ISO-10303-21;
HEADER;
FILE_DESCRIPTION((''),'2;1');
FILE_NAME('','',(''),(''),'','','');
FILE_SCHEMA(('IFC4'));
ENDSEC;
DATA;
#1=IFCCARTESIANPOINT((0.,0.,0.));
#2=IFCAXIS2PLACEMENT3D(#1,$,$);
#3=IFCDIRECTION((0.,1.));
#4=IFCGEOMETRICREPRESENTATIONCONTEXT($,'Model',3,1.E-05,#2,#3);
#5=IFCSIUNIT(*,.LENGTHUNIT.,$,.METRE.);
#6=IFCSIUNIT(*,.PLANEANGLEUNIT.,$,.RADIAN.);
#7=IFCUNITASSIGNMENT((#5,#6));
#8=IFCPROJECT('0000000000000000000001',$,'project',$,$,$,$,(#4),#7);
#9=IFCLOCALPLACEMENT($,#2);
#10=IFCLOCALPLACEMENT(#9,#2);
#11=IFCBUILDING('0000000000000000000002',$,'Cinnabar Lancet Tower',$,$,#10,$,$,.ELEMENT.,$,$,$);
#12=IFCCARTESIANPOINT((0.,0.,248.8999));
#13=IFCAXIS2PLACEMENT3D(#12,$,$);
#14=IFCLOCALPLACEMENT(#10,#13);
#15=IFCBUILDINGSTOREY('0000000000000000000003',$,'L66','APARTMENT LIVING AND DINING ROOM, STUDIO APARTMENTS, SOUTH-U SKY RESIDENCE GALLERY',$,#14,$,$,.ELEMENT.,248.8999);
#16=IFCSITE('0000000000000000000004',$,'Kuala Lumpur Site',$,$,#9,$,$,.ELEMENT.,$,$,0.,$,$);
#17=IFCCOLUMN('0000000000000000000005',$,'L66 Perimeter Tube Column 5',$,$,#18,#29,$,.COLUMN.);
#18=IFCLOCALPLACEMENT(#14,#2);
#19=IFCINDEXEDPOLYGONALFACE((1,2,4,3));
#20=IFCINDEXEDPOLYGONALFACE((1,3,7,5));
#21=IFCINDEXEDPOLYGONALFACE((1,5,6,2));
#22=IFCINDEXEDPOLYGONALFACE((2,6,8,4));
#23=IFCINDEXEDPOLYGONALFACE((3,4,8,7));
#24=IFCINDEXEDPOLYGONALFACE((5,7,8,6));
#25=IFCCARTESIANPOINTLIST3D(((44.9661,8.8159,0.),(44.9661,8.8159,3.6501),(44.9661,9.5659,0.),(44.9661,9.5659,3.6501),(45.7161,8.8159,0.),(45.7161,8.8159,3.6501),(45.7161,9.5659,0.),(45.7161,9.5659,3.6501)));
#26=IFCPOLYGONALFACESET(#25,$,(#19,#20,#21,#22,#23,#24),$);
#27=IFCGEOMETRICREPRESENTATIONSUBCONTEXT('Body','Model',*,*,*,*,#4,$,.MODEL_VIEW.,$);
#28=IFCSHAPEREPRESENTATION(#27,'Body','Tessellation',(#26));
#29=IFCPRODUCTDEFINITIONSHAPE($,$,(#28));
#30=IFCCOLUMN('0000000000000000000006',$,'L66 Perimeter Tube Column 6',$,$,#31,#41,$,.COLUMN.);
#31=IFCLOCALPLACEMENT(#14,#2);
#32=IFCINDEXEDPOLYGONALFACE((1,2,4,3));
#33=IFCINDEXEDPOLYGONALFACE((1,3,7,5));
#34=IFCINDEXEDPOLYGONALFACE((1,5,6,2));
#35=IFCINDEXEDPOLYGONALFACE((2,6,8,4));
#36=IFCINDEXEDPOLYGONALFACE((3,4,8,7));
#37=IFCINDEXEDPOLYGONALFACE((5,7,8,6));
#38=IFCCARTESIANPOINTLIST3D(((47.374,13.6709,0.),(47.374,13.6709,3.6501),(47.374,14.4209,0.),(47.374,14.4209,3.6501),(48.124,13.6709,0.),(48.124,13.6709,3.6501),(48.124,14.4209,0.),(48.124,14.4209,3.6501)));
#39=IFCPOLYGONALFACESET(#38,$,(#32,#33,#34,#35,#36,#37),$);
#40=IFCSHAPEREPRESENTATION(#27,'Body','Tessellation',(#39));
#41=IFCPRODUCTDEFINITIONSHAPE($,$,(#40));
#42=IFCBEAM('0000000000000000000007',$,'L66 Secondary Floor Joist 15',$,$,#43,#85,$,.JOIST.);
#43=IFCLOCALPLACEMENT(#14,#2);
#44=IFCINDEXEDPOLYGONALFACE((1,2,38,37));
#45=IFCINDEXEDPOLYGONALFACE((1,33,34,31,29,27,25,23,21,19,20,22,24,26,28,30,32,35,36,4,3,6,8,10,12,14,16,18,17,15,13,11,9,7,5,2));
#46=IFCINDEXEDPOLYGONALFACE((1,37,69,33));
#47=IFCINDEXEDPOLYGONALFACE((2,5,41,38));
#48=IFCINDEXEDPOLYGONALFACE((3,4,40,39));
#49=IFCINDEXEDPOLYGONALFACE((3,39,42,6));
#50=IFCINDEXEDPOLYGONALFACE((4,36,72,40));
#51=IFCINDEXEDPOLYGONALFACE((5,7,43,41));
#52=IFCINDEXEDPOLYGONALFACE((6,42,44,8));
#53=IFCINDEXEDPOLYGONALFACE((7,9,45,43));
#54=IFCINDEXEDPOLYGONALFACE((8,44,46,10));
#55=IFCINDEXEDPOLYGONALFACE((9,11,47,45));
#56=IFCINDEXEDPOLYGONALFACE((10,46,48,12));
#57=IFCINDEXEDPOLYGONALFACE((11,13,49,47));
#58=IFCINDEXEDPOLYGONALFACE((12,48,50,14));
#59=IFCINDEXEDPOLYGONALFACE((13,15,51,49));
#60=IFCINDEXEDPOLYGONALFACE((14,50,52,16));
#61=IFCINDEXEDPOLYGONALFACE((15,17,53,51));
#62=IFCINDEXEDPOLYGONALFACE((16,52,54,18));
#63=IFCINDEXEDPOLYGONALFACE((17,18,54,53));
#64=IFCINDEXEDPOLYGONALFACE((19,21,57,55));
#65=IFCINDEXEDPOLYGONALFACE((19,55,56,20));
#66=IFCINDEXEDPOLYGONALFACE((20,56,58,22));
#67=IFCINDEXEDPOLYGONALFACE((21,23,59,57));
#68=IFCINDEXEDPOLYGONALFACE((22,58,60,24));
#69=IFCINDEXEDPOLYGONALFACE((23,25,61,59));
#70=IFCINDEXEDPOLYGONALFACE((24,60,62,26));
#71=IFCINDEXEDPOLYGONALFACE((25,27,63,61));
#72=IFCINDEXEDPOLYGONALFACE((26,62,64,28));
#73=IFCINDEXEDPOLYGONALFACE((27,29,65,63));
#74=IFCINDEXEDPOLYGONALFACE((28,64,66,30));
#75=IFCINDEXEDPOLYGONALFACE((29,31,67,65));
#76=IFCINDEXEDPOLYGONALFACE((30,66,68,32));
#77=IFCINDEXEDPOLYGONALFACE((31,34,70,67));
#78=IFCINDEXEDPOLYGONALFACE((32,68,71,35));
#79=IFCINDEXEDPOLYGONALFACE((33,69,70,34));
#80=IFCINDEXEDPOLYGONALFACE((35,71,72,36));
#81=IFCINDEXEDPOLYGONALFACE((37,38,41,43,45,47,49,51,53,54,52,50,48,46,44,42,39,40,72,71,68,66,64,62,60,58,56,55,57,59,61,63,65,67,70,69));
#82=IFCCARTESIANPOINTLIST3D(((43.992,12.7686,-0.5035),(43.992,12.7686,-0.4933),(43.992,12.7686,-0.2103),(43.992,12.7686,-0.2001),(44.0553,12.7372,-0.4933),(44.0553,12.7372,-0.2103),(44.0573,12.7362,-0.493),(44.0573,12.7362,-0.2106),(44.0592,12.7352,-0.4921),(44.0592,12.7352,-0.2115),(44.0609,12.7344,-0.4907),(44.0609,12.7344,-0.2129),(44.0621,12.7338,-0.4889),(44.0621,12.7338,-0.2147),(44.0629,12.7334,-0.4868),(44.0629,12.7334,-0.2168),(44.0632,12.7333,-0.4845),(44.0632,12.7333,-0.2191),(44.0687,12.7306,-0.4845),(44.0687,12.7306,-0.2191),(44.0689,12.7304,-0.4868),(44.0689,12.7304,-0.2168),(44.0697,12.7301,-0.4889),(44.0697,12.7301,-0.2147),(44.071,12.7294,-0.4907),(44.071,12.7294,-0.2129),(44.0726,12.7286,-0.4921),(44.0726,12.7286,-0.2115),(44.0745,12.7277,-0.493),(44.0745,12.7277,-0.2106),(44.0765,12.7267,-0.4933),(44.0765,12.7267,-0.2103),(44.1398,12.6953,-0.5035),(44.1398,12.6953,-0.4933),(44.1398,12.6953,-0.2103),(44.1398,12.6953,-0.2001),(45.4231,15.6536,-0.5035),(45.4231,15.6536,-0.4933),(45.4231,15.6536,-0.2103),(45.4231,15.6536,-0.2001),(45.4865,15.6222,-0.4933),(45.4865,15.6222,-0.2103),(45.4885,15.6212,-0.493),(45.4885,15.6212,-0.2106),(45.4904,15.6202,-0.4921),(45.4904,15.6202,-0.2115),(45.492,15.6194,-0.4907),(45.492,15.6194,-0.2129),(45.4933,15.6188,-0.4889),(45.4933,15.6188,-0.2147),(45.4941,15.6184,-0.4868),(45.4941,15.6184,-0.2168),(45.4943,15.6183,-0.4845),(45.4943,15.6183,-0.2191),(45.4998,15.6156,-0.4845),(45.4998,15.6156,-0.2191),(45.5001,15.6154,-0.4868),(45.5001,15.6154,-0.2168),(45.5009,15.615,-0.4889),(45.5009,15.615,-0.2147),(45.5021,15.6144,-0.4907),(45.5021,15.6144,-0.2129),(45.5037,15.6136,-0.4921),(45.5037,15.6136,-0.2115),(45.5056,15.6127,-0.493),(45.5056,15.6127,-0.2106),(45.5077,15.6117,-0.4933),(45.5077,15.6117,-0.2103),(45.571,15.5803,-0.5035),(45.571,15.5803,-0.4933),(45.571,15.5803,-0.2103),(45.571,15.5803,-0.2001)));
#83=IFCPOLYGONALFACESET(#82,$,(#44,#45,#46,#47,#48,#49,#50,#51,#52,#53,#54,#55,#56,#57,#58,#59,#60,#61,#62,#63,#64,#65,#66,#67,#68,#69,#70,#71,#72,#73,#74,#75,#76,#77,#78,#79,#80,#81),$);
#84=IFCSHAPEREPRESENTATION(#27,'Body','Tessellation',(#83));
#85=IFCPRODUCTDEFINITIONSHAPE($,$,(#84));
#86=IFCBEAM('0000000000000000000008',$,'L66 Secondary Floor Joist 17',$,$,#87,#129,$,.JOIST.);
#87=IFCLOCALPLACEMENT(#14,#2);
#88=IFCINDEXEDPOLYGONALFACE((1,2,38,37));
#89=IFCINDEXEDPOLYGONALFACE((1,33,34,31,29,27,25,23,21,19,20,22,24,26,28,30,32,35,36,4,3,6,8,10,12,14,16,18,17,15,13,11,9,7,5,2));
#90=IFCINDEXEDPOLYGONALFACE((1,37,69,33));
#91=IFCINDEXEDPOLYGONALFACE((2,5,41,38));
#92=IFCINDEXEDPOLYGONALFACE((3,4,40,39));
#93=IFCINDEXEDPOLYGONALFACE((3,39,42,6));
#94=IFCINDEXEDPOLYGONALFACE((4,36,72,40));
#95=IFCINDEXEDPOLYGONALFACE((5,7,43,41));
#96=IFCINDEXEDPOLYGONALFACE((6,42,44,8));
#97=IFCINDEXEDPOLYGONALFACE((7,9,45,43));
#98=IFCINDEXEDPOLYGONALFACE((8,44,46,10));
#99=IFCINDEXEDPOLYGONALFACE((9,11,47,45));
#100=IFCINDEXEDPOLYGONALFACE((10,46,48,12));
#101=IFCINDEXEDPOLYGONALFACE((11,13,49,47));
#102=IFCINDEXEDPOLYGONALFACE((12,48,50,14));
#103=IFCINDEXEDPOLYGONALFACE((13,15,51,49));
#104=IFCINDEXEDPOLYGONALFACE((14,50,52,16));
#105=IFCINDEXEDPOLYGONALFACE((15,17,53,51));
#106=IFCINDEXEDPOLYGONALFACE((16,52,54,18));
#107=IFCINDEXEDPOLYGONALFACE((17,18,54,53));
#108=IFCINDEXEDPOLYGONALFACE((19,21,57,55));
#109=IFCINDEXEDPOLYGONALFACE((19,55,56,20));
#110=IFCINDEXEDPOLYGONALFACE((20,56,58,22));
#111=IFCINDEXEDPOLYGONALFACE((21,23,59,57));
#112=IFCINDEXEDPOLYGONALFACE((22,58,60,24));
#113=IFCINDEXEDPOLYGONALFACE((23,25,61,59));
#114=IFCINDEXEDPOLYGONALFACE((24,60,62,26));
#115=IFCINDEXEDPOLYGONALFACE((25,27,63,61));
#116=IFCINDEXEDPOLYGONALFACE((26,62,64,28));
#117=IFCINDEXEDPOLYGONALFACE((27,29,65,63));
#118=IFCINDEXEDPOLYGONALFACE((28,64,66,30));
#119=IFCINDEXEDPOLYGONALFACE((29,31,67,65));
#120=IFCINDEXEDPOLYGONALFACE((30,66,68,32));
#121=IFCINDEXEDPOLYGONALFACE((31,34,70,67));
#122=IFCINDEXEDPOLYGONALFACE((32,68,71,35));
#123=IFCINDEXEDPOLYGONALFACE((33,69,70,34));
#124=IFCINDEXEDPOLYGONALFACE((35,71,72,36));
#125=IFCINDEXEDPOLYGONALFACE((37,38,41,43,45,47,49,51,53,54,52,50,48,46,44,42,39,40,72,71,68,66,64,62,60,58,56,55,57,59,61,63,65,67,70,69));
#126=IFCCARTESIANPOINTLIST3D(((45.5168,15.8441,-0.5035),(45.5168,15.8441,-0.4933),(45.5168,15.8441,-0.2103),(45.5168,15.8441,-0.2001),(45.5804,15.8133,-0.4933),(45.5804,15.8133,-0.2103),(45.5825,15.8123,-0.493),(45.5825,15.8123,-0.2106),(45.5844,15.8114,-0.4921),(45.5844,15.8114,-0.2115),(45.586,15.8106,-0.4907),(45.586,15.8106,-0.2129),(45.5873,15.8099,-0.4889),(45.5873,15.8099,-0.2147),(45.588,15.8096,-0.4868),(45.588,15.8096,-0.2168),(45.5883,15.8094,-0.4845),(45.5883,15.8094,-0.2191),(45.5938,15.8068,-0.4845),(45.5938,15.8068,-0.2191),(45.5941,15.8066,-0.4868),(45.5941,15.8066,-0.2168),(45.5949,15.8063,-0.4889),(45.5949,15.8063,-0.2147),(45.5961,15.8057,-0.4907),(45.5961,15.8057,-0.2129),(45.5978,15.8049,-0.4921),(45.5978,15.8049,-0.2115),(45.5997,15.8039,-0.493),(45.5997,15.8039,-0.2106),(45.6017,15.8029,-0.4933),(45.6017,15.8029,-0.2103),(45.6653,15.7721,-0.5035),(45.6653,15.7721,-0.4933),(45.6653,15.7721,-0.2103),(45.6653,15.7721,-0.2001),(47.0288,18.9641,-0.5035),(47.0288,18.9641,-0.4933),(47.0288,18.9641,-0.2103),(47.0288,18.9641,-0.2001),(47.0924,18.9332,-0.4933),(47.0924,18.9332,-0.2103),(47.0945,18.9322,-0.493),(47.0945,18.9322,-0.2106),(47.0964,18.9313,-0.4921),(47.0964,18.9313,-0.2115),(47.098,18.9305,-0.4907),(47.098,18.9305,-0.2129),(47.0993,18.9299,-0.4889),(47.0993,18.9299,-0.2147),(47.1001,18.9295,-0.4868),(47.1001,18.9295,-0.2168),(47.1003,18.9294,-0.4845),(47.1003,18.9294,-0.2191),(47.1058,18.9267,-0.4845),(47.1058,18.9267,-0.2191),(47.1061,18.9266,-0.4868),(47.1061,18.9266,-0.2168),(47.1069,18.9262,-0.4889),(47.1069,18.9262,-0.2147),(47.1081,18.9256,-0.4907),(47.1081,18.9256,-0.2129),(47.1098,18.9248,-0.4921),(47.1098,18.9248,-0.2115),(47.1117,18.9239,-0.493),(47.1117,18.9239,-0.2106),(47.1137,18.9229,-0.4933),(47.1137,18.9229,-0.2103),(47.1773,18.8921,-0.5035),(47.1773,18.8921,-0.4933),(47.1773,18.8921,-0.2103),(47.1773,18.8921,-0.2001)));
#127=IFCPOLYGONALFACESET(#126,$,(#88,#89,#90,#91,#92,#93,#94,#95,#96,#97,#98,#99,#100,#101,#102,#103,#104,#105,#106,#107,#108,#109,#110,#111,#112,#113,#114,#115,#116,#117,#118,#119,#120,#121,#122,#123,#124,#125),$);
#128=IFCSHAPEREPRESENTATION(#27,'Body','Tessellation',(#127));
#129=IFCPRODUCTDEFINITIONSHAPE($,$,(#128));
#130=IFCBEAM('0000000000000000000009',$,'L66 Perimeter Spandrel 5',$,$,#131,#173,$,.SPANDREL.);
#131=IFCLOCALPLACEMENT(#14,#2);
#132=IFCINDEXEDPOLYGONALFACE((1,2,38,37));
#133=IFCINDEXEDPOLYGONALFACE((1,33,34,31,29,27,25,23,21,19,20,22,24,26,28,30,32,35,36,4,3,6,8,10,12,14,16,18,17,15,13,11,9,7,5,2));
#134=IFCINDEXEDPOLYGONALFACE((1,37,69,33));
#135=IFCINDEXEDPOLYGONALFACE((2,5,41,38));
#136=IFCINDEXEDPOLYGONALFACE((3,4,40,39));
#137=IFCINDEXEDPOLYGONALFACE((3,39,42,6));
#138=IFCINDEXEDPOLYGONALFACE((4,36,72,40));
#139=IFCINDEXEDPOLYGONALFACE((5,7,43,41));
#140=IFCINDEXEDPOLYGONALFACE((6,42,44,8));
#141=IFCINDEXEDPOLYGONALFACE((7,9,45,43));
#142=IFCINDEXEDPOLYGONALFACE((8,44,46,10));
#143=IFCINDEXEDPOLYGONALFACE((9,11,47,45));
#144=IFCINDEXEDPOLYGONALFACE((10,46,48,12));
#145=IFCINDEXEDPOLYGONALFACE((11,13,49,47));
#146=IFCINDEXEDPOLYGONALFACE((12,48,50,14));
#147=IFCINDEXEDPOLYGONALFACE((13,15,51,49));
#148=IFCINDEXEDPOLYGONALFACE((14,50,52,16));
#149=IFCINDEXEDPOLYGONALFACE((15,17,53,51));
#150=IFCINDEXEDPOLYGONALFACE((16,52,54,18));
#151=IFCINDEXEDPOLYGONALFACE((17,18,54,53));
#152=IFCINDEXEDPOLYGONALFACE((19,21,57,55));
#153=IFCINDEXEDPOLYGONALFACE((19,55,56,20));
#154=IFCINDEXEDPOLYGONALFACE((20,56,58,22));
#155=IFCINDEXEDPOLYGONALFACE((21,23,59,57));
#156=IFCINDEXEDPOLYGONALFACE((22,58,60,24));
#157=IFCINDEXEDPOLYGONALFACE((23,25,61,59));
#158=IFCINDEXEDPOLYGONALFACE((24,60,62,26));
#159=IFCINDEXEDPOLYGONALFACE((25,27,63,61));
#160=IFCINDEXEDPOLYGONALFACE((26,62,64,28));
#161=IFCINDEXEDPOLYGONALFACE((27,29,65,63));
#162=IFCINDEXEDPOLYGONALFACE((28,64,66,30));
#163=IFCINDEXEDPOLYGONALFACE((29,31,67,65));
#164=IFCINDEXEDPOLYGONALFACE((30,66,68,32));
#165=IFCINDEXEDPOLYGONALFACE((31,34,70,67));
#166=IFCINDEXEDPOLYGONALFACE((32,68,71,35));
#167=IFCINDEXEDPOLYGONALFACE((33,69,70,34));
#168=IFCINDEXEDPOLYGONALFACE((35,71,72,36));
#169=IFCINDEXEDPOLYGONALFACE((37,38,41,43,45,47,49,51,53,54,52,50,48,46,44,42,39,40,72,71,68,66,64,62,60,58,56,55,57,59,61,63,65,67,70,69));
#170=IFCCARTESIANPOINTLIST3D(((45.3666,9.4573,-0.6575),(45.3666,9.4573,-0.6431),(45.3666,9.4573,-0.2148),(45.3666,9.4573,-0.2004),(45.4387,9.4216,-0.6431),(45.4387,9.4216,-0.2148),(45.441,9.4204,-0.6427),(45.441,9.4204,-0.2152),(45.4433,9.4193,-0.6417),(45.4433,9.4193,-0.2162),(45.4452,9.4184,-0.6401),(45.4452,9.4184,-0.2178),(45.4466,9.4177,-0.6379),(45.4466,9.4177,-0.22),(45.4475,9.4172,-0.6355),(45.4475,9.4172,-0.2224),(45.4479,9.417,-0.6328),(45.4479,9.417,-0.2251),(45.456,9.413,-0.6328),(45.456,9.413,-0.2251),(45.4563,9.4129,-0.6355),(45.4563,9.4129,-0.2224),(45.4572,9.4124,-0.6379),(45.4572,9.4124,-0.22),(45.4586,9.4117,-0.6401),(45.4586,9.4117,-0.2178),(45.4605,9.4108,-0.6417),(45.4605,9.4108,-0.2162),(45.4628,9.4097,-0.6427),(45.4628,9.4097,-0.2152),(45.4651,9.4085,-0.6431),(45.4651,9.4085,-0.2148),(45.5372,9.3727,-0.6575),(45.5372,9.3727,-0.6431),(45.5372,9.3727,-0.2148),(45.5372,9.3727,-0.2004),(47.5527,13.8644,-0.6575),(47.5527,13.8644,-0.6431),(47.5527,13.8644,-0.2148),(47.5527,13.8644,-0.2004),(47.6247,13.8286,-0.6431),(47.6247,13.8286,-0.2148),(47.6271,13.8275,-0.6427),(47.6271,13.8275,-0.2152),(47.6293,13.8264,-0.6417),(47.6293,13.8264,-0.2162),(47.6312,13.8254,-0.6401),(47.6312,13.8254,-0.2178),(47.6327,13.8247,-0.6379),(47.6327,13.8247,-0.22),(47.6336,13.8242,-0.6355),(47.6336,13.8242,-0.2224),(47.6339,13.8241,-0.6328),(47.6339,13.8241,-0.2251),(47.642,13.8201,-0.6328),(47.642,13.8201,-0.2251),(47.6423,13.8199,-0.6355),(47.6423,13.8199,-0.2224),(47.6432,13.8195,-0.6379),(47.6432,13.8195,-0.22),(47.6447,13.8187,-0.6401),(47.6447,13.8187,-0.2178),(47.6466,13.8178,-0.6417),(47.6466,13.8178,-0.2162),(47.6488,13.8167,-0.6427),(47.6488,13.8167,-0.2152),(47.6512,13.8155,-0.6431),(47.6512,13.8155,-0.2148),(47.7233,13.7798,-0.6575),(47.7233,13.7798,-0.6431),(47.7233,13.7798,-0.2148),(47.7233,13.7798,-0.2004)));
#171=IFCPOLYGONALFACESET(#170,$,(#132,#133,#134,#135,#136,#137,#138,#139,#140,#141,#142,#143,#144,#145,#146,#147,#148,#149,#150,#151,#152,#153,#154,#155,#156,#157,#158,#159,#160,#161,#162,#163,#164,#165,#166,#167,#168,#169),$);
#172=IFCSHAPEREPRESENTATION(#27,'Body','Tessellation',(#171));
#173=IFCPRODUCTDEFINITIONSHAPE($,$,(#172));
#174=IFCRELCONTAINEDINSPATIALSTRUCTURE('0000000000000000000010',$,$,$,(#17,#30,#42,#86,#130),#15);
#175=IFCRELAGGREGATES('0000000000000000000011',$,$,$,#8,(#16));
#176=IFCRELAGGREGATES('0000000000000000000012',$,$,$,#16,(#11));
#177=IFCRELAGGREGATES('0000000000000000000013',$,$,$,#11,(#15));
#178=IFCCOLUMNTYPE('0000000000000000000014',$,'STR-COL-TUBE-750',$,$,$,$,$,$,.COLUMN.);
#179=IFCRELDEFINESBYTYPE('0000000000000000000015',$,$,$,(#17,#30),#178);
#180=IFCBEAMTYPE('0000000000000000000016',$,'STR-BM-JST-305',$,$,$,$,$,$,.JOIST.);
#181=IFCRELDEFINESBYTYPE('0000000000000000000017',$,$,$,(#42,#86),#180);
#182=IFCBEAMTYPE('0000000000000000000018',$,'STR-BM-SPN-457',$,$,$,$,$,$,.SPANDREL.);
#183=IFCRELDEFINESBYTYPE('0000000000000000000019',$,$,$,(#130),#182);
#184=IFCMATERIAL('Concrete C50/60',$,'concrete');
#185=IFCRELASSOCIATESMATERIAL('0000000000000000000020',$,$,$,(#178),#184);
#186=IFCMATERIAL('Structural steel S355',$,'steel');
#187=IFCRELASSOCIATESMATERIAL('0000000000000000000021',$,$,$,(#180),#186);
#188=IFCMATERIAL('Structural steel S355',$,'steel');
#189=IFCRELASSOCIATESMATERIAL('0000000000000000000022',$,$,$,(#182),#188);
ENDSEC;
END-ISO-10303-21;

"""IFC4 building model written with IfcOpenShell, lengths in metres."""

from ifc_helpers import new_model, si_unit, direction, frame, origin, origin_2d, place, context, subcontext, project, spatial, rectangle, i_section, extrude, material, material_profile, profile_set, type_object, element, save


model = new_model("IFC4")

# Units and contexts
model_context = context("Model", 3, precision=1e-05, world=origin(), true_north=direction((0.0, 1.0)))
body_context = subcontext(model_context, "Body", "Model", "MODEL_VIEW")
ifc_project = project(units=[si_unit("LENGTHUNIT", "METRE"), si_unit("PLANEANGLEUNIT", "RADIAN")], contexts=[model_context])

# Site, building, storey
site_placement = place(None, origin())
site = spatial("IfcSite", under=ifc_project, at=site_placement, Name="Kuala Lumpur Site", CompositionType="ELEMENT", RefElevation=0.0)
building_placement = place(site_placement, origin())
building = spatial("IfcBuilding", under=site, at=building_placement, Name="Cinnabar Lancet Tower", CompositionType="ELEMENT")
storey_placement = place(building_placement, frame((0.0, 0.0, 248.8999)))
storey = spatial("IfcBuildingStorey", under=building, at=storey_placement, Name="L66", Description="APARTMENT LIVING AND DINING ROOM, STUDIO APARTMENTS, SOUTH-U SKY RESIDENCE GALLERY", CompositionType="ELEMENT", Elevation=248.8999)

# Columns
ifc_material_1 = material(Name="Concrete C50/60", Category="concrete")
ifc_material_profile_1 = material_profile(ifc_material_1, rectangle(XDim=0.75, YDim=0.75, at=origin_2d()), Name="RC-COL 750x750")
ifc_profile_set_1 = profile_set([ifc_material_profile_1], Name="Concrete C50/60")
column_type = type_object("IfcColumnType", Name="STR-COL-TUBE-750", PredefinedType="COLUMN", material=ifc_profile_set_1)
for number, where, z_axis, x_axis, name in (
    (1, (45.3411, 9.1909, 0.0), (0.0, 0.0, 1.0), (1.0, 0.0, 0.0), "L66 Perimeter Tube Column 5"),
    (2, (47.749, 14.0459, 0.0), (0.0, 0.0, 1.0), (1.0, 0.0, 0.0), "L66 Perimeter Tube Column 6"),
):
    element("IfcColumn", number, at=place(storey_placement, frame(where, z_axis=z_axis, x_axis=x_axis)), inside=storey, type_object=column_type, Name=name, PredefinedType="COLUMN", context=body_context, shape_type="SweptSolid", body=[
        extrude(rectangle(XDim=0.75, YDim=0.75, at=origin_2d()), origin(), (0.0, 0.0, 1.0), 3.6501),
    ])

# Beams
ifc_material_2 = material(Name="Structural steel S355", Category="steel")
ifc_material_profile_2 = material_profile(ifc_material_2, i_section(OverallWidth=0.165, OverallDepth=0.3035, WebThickness=0.0061, FlangeThickness=0.0103, FilletRadius=0.0088, at=origin_2d()), Name="UKB 305x165x40")
ifc_profile_set_2 = profile_set([ifc_material_profile_2], Name="Structural steel S355")
beam_type_1 = type_object("IfcBeamType", Name="STR-BM-JST-305", PredefinedType="JOIST", material=ifc_profile_set_2)
beam_1_placement = place(storey_placement, frame((44.0659, 12.7319, -0.3518), z_axis=(0.444391, 0.895833, 0.0), x_axis=(-0.895833, 0.444391, 0.0)))
element("IfcBeam", 3, at=beam_1_placement, inside=storey, type_object=beam_type_1, Name="L66 Secondary Floor Joist 15", PredefinedType="JOIST", context=body_context, shape_type="SweptSolid", body=[
    extrude(i_section(OverallWidth=0.165, OverallDepth=0.3035, WebThickness=0.0061, FlangeThickness=0.0103, FilletRadius=0.0088, at=origin_2d()), origin(), (0.0, 0.0, 1.0), 3.2205),
])
beam_2_placement = place(storey_placement, frame((45.5911, 15.8081, -0.3518), z_axis=(0.436109, 0.899894, 0.0), x_axis=(-0.899894, 0.436109, 0.0)))
element("IfcBeam", 4, at=beam_2_placement, inside=storey, type_object=beam_type_1, Name="L66 Secondary Floor Joist 17", PredefinedType="JOIST", context=body_context, shape_type="SweptSolid", body=[
    extrude(i_section(OverallWidth=0.165, OverallDepth=0.3035, WebThickness=0.0061, FlangeThickness=0.0103, FilletRadius=0.0088, at=origin_2d()), origin(), (0.0, 0.0, 1.0), 3.467),
])
ifc_material_3 = material(Name="Structural steel S355", Category="steel")
ifc_material_profile_3 = material_profile(ifc_material_3, i_section(OverallWidth=0.1904, OverallDepth=0.457, WebThickness=0.009, FlangeThickness=0.0144, FilletRadius=0.0103, at=origin_2d()), Name="UKB 457x191x74")
ifc_profile_set_3 = profile_set([ifc_material_profile_3], Name="Structural steel S355")
beam_type_2 = type_object("IfcBeamType", Name="STR-BM-SPN-457", PredefinedType="SPANDREL", material=ifc_profile_set_3)
beam_3_placement = place(storey_placement, frame((45.4519, 9.415, -0.429), z_axis=(0.444373, 0.895842, 0.0), x_axis=(-0.895842, 0.444373, 0.0)))
element("IfcBeam", 5, at=beam_3_placement, inside=storey, type_object=beam_type_2, Name="L66 Perimeter Spandrel 5", PredefinedType="SPANDREL", context=body_context, shape_type="SweptSolid", body=[
    extrude(i_section(OverallWidth=0.1904, OverallDepth=0.457, WebThickness=0.009, FlangeThickness=0.0144, FilletRadius=0.0103, at=origin_2d()), origin(), (0.0, 0.0, 1.0), 4.9194),
])

save(model, "model.ifc")
